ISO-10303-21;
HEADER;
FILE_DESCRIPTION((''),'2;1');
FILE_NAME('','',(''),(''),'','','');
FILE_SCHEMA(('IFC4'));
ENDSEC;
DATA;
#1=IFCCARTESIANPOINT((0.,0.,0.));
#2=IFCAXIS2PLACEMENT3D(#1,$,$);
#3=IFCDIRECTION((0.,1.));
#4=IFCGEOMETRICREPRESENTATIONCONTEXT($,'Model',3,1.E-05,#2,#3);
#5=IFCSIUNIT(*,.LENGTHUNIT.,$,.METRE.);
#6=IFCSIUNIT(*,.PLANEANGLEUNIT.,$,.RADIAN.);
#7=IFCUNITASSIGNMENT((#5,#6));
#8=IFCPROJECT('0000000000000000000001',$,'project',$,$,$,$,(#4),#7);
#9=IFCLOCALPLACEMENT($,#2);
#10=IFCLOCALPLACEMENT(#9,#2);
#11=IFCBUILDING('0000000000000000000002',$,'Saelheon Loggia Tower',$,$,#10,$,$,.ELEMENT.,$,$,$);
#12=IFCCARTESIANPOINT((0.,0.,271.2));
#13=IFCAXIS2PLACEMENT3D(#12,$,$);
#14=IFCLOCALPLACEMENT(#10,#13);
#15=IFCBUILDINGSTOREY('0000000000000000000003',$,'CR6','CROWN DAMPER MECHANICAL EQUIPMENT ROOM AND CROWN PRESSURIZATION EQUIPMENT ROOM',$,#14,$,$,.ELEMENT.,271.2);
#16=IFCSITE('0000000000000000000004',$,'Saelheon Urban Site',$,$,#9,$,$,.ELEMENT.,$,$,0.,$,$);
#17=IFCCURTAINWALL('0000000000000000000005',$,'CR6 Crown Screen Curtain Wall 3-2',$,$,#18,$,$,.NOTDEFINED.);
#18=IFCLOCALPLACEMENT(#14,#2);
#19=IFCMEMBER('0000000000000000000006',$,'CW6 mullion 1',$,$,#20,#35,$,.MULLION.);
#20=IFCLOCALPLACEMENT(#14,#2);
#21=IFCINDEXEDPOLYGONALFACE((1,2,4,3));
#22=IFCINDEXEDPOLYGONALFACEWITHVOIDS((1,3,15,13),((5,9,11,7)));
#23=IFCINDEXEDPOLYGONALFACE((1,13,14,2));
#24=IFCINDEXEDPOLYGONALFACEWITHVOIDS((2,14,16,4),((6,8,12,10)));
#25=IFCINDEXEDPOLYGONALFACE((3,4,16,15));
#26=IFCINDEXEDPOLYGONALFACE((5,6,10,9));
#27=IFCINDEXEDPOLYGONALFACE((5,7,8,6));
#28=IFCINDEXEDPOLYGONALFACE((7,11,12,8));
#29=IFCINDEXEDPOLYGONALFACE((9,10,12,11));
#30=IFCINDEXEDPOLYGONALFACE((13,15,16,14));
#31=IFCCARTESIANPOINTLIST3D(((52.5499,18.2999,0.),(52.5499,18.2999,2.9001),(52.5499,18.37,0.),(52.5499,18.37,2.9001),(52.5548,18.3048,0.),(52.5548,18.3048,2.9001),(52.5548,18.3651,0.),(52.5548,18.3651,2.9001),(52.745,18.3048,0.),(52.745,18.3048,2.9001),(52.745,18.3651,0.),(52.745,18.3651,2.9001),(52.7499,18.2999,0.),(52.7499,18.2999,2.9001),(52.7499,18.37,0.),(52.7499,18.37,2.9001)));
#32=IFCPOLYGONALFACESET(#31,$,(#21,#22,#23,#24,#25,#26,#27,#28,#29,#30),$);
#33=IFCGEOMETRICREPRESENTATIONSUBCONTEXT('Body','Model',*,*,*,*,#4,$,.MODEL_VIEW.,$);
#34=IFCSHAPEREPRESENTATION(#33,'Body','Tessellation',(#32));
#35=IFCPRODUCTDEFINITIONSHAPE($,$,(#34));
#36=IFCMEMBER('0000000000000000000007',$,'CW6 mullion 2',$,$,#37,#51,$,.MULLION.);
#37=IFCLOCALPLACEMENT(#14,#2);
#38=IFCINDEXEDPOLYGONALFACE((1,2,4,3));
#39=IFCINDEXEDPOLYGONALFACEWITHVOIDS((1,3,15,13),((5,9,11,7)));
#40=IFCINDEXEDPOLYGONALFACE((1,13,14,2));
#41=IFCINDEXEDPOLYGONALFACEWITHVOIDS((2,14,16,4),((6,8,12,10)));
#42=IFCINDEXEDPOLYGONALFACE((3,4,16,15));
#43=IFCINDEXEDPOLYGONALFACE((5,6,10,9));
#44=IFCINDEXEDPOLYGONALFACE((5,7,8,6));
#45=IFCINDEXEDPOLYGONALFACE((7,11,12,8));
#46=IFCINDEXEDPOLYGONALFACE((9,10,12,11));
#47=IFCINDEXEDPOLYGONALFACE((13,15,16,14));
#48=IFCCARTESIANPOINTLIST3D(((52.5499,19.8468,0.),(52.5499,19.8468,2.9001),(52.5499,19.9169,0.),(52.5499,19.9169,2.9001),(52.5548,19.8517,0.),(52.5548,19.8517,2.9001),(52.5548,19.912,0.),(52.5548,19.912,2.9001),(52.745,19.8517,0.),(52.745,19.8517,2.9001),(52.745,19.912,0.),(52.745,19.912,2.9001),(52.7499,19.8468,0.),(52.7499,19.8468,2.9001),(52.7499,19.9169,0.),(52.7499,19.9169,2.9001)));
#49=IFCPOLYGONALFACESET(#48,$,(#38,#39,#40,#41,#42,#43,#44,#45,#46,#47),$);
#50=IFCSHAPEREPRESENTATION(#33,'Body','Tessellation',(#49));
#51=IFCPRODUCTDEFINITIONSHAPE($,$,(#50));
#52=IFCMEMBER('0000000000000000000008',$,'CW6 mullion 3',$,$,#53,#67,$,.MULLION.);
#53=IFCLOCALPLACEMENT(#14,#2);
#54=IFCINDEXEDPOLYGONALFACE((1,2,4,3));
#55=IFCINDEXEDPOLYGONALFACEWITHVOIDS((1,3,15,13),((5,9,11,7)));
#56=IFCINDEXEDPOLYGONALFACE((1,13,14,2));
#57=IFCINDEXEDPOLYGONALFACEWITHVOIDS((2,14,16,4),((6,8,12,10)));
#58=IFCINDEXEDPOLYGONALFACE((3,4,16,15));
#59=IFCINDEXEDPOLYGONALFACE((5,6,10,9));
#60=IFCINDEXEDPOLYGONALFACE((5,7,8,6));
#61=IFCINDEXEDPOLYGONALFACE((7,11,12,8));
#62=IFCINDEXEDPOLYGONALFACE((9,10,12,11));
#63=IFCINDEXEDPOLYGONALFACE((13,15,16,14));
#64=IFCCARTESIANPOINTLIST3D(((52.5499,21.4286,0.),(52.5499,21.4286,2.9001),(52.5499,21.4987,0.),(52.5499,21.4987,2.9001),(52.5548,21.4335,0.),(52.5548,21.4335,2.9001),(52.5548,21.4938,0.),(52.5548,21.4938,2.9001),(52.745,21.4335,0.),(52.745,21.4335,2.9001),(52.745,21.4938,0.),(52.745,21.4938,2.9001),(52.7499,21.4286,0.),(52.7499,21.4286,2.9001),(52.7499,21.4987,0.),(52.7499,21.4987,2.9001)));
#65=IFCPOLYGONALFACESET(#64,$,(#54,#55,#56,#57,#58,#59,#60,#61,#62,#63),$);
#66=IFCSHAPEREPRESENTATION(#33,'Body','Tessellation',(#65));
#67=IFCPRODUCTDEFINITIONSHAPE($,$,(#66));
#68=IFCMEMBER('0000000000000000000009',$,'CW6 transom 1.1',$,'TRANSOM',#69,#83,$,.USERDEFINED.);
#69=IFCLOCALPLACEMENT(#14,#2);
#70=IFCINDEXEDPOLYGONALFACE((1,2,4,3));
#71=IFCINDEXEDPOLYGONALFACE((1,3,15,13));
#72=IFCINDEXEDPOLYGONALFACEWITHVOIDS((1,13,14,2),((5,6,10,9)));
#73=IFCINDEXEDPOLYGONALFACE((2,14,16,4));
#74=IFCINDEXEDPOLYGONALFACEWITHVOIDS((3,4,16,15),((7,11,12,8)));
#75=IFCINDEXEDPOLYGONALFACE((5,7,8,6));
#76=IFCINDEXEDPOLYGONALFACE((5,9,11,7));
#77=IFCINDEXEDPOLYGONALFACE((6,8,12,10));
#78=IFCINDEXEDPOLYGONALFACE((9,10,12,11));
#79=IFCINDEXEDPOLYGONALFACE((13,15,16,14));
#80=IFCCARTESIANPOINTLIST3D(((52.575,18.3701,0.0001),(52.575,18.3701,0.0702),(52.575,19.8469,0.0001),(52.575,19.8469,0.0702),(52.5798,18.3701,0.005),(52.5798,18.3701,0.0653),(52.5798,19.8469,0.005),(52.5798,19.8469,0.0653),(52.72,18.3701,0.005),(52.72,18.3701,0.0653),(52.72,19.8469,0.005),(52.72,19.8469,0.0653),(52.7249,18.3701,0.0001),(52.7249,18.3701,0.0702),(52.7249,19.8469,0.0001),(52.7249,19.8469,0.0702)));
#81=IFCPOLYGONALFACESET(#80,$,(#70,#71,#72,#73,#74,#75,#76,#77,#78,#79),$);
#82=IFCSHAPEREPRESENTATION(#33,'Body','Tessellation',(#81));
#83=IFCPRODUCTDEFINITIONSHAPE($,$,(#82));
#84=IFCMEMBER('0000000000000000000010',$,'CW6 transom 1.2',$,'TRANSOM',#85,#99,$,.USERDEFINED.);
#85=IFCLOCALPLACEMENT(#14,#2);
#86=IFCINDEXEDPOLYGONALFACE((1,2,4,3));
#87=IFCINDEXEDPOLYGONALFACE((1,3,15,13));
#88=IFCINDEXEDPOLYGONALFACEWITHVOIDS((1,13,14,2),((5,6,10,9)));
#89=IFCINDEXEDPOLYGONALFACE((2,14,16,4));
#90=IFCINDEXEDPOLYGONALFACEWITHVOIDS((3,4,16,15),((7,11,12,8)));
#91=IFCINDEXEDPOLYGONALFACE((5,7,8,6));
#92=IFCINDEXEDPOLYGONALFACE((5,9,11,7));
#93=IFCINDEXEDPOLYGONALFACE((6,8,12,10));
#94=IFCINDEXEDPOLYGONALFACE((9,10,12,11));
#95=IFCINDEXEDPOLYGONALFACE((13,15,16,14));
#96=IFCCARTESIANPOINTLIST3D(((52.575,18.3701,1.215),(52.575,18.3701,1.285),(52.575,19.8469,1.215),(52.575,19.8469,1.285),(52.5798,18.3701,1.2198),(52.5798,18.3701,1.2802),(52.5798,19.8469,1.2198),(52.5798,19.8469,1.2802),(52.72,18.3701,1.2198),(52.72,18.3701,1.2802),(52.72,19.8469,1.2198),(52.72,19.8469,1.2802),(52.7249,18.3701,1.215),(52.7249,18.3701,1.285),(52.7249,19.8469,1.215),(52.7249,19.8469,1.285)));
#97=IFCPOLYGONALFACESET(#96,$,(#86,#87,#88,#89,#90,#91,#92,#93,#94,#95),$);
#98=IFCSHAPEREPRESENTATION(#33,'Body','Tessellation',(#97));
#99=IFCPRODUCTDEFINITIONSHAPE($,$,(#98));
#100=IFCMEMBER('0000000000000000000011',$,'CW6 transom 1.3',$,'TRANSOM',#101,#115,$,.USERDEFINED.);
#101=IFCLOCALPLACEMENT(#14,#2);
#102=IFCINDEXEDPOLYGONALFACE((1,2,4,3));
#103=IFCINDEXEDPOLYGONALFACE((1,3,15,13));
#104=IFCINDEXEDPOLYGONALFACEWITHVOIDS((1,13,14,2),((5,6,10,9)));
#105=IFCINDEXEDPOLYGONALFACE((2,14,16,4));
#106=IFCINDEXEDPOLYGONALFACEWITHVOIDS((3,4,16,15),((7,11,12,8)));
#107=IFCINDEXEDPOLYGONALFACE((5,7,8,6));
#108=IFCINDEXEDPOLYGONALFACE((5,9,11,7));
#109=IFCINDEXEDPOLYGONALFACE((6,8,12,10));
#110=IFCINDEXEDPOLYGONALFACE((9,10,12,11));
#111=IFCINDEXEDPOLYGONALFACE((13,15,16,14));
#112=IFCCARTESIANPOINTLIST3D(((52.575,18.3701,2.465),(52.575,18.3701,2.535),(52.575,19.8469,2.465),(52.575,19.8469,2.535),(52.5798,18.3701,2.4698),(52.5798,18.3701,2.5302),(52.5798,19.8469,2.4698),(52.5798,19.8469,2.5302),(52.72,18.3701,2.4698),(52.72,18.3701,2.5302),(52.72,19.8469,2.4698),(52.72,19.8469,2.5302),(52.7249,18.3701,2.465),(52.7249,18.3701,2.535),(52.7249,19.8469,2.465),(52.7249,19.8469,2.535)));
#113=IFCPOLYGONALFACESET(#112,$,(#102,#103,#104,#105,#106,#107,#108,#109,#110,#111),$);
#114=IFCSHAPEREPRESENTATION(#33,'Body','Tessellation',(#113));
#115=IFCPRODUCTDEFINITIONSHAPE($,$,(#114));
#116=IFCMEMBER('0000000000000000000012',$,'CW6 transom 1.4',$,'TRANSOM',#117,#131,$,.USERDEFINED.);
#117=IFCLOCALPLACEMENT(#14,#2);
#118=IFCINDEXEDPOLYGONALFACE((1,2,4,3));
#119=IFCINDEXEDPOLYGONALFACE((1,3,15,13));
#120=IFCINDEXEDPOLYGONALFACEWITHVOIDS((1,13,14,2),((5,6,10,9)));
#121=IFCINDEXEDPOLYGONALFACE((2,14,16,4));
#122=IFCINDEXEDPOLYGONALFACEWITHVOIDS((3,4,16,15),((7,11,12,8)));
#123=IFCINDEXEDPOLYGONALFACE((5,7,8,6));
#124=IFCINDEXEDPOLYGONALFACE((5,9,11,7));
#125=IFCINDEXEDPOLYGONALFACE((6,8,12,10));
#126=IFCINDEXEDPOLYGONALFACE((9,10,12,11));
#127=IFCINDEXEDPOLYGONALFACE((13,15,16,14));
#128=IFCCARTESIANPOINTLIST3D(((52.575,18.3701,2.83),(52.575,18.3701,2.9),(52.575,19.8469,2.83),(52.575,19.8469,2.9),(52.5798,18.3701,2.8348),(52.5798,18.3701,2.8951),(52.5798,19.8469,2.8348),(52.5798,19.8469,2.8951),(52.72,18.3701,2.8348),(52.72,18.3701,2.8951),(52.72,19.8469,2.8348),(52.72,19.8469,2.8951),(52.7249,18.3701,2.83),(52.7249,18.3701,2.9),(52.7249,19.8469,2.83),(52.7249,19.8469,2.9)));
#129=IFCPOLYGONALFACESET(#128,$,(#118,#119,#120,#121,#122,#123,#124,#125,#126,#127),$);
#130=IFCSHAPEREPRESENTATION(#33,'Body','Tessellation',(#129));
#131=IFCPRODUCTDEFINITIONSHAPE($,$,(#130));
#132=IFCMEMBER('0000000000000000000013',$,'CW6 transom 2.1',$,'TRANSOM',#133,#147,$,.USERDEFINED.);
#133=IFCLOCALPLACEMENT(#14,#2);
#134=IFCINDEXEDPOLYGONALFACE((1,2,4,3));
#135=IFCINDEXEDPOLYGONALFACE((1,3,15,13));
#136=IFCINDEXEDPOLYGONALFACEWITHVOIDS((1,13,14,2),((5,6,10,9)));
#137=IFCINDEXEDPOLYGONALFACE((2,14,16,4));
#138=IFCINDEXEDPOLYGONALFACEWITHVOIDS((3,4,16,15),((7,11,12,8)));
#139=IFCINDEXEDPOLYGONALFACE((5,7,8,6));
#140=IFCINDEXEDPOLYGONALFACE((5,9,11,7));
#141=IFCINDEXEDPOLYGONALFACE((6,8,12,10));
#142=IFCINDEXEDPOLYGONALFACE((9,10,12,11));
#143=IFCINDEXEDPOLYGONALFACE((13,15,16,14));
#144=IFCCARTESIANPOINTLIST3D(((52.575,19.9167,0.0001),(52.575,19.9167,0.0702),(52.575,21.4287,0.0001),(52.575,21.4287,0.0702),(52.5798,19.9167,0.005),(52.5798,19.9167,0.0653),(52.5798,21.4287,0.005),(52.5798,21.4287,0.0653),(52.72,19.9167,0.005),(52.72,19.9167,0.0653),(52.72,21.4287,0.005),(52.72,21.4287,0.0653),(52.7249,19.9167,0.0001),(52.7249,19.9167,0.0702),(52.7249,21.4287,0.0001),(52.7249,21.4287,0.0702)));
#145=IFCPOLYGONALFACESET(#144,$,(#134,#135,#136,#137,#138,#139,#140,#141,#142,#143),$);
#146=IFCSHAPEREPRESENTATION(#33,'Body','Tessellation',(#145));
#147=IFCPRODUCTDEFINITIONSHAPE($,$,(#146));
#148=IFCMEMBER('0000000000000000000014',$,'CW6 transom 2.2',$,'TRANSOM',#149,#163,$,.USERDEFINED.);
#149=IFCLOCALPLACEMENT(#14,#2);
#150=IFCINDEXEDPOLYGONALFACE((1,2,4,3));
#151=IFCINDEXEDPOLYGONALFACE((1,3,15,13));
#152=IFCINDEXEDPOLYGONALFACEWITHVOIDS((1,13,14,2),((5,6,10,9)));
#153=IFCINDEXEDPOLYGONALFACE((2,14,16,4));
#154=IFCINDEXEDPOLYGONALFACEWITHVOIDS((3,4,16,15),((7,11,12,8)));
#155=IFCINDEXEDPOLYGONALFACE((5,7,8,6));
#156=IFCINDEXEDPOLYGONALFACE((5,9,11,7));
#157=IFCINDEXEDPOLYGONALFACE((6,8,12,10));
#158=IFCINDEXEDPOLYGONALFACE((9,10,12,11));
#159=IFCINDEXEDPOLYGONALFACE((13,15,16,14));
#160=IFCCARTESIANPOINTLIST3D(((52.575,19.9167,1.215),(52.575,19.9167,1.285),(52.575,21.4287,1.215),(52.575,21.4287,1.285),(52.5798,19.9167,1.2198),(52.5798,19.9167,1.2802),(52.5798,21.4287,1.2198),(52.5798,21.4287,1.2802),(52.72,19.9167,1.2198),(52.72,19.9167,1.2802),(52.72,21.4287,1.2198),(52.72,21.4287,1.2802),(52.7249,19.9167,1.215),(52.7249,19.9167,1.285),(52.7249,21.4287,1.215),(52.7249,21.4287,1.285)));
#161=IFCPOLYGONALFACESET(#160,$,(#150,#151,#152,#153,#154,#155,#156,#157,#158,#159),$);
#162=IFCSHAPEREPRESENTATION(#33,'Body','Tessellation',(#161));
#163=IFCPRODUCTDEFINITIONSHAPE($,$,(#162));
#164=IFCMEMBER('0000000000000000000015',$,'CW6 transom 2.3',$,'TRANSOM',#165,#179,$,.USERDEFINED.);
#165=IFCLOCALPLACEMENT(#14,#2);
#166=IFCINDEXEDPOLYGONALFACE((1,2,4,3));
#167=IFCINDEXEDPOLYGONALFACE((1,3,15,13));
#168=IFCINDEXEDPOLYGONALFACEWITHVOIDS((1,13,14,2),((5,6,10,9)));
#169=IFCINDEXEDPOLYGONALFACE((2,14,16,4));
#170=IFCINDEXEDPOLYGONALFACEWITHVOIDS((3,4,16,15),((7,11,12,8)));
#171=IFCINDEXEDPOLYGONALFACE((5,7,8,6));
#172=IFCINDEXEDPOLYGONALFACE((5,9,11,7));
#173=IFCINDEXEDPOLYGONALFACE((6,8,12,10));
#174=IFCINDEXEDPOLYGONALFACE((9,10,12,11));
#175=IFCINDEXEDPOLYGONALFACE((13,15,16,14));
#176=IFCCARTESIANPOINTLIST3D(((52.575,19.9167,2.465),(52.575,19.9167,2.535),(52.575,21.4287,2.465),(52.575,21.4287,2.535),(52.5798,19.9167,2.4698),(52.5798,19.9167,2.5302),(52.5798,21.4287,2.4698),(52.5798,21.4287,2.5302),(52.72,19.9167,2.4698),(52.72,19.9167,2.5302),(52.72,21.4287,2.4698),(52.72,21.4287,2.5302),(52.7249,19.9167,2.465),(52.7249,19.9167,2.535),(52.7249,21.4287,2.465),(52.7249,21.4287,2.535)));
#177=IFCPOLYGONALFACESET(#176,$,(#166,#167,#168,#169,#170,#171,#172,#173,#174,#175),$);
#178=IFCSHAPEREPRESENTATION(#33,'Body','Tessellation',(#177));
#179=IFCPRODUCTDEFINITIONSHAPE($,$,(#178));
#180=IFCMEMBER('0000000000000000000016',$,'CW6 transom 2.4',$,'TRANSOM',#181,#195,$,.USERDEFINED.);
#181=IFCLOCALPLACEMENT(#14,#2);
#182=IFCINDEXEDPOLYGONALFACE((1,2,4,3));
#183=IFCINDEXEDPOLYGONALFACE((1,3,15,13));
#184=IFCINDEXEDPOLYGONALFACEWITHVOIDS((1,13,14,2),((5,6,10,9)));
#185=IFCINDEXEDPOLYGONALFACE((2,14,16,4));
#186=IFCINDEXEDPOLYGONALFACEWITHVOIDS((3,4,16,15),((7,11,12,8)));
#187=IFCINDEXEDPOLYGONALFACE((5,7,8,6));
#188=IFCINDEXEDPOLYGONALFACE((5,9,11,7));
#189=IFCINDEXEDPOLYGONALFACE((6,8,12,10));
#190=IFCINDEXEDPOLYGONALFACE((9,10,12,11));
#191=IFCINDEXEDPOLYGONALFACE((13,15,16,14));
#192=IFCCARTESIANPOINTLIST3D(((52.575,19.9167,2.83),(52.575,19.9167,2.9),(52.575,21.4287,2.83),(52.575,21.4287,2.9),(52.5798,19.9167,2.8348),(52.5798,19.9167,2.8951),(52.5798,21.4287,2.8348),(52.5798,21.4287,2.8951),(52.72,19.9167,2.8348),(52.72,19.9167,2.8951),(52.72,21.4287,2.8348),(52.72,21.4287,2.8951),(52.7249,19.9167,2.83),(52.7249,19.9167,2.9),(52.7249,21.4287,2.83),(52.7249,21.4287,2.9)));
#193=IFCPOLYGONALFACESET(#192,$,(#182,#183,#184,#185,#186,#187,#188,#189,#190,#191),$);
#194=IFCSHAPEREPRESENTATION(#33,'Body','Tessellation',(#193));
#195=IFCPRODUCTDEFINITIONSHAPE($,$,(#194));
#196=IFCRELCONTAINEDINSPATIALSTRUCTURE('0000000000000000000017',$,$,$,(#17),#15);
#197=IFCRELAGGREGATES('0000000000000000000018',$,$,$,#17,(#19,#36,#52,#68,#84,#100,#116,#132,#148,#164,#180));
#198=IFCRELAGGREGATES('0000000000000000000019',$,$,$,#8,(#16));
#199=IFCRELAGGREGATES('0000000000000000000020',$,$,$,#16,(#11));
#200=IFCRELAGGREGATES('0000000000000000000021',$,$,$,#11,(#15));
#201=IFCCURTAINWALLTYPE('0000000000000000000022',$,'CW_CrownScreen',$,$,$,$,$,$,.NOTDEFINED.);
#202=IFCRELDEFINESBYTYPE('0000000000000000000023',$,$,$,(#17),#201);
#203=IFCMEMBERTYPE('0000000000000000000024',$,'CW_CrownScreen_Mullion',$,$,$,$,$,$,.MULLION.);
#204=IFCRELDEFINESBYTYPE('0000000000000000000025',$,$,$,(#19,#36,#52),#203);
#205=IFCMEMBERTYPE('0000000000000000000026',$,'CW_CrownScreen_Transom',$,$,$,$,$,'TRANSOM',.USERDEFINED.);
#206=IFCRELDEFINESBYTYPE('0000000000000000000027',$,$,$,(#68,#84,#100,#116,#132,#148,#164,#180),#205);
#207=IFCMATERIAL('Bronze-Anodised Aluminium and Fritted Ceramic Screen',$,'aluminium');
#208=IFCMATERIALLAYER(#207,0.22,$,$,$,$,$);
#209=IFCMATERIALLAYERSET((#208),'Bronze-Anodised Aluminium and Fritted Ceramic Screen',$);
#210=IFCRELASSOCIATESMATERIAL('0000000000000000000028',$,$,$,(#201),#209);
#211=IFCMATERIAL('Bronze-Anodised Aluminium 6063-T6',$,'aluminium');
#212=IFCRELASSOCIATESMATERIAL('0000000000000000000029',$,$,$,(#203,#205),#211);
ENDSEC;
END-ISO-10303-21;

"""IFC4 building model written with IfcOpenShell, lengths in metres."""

from ifc_helpers import new_model, si_unit, direction, frame, origin, origin_2d, place, context, subcontext, project, spatial, hollow_rectangle, extrude, source, transform, mapped, material, layer, layer_set, material_profile, profile_set, type_object, element, aggregate, save


model = new_model("IFC4")

# Units and contexts
model_context = context("Model", 3, precision=1e-05, world=origin(), true_north=direction((0.0, 1.0)))
body_context = subcontext(model_context, "Body", "Model", "MODEL_VIEW")
ifc_project = project(units=[si_unit("LENGTHUNIT", "METRE"), si_unit("PLANEANGLEUNIT", "RADIAN")], contexts=[model_context])

# Site, building, storey
site_placement = place(None, origin())
site = spatial("IfcSite", under=ifc_project, at=site_placement, Name="Saelheon Urban Site", CompositionType="ELEMENT", RefElevation=0.0)
building_placement = place(site_placement, origin())
building = spatial("IfcBuilding", under=site, at=building_placement, Name="Saelheon Loggia Tower", CompositionType="ELEMENT")
storey_placement = place(building_placement, frame((0.0, 0.0, 271.2)))
storey = spatial("IfcBuildingStorey", under=building, at=storey_placement, Name="CR6", Description="CROWN DAMPER MECHANICAL EQUIPMENT ROOM AND CROWN PRESSURIZATION EQUIPMENT ROOM", CompositionType="ELEMENT", Elevation=271.2)

# Curtain wall, members
ifc_material_1 = material(Name="Bronze-Anodised Aluminium and Fritted Ceramic Screen", Category="aluminium")
ifc_layer_1 = layer(ifc_material_1, 0.22)
ifc_layer_set_1 = layer_set([ifc_layer_1], Name="Bronze-Anodised Aluminium and Fritted Ceramic Screen")
curtain_wall_type = type_object("IfcCurtainWallType", Name="CW_CrownScreen", PredefinedType="NOTDEFINED", material=ifc_layer_set_1)
curtain_wall_placement = place(storey_placement, origin())
curtain_wall = element("IfcCurtainWall", 1, at=curtain_wall_placement, inside=storey, type_object=curtain_wall_type, Name="CR6 Crown Screen Curtain Wall 3-2", PredefinedType="NOTDEFINED")
ifc_material_2 = material(Name="Bronze-Anodised Aluminium 6063-T6", Category="aluminium")
ifc_material_profile_1 = material_profile(ifc_material_2, hollow_rectangle(XDim=0.0701, YDim=0.2, WallThickness=0.0049, at=origin_2d()), Name="RHS-200x70x5")
ifc_profile_set_1 = profile_set([ifc_material_profile_1], Name="Bronze-Anodised Aluminium 6063-T6")
member_type_1 = type_object("IfcMemberType", Name="CW_CrownScreen_Mullion", PredefinedType="MULLION", material=ifc_profile_set_1)
shared_shape_1 = source(origin(), body_context, "Body", "SweptSolid", [
    extrude(hollow_rectangle(XDim=0.0701, YDim=0.2, WallThickness=0.0049, at=origin_2d()), origin(), (0.0, 0.0, 1.0), 2.9001),
])
member_1_placement = place(storey_placement, frame((52.6499, 18.335, 0.0), z_axis=(0.0, 0.0, 1.0), x_axis=(0.0, 1.0, 0.0)))
member_1 = element("IfcMember", 2, at=member_1_placement, type_object=member_type_1, Name="CW6 mullion 1", PredefinedType="MULLION", context=body_context, shape_type="MappedRepresentation", body=[
    mapped(shared_shape_1, transform((0.0, 0.0, 0.0), scale=1.0)),
])
member_2_placement = place(storey_placement, frame((52.6499, 19.8818, 0.0), z_axis=(0.0, 0.0, 1.0), x_axis=(0.0, 1.0, 0.0)))
member_2 = element("IfcMember", 3, at=member_2_placement, type_object=member_type_1, Name="CW6 mullion 2", PredefinedType="MULLION", context=body_context, shape_type="MappedRepresentation", body=[
    mapped(shared_shape_1, transform((0.0, 0.0, 0.0), scale=1.0)),
])
member_3_placement = place(storey_placement, frame((52.6499, 21.4636, 0.0), z_axis=(0.0, 0.0, 1.0), x_axis=(0.0, 1.0, 0.0)))
member_3 = element("IfcMember", 4, at=member_3_placement, type_object=member_type_1, Name="CW6 mullion 3", PredefinedType="MULLION", context=body_context, shape_type="MappedRepresentation", body=[
    mapped(shared_shape_1, transform((0.0, 0.0, 0.0), scale=1.0)),
])
ifc_material_profile_2 = material_profile(ifc_material_2, hollow_rectangle(XDim=0.0701, YDim=0.1499, WallThickness=0.0049, at=origin_2d()), Name="RHS-150x70x5")
ifc_profile_set_2 = profile_set([ifc_material_profile_2], Name="Bronze-Anodised Aluminium 6063-T6")
member_type_2 = type_object("IfcMemberType", Name="CW_CrownScreen_Transom", ElementType="TRANSOM", PredefinedType="USERDEFINED", material=ifc_profile_set_2)
shared_shape_2 = source(origin(), body_context, "Body", "SweptSolid", [
    extrude(hollow_rectangle(XDim=0.0701, YDim=0.1499, WallThickness=0.0049, at=origin_2d()), origin(), (0.0, 0.0, 1.0), 1.4768),
])
member_4_placement = place(storey_placement, frame((52.6499, 18.3701, 0.0352), z_axis=(0.0, 1.0, 0.0), x_axis=(0.0, 0.0, 1.0)))
member_4 = element("IfcMember", 5, at=member_4_placement, type_object=member_type_2, Name="CW6 transom 1.1", ObjectType="TRANSOM", PredefinedType="USERDEFINED", context=body_context, shape_type="MappedRepresentation", body=[
    mapped(shared_shape_2, transform((0.0, 0.0, 0.0), scale=1.0)),
])
member_5_placement = place(storey_placement, frame((52.6499, 18.3701, 1.25), z_axis=(0.0, 1.0, 0.0), x_axis=(0.0, 0.0, 1.0)))
member_5 = element("IfcMember", 6, at=member_5_placement, type_object=member_type_2, Name="CW6 transom 1.2", ObjectType="TRANSOM", PredefinedType="USERDEFINED", context=body_context, shape_type="MappedRepresentation", body=[
    mapped(shared_shape_2, transform((0.0, 0.0, 0.0), scale=1.0)),
])
member_6_placement = place(storey_placement, frame((52.6499, 18.3701, 2.5), z_axis=(0.0, 1.0, 0.0), x_axis=(0.0, 0.0, 1.0)))
member_6 = element("IfcMember", 7, at=member_6_placement, type_object=member_type_2, Name="CW6 transom 1.3", ObjectType="TRANSOM", PredefinedType="USERDEFINED", context=body_context, shape_type="MappedRepresentation", body=[
    mapped(shared_shape_2, transform((0.0, 0.0, 0.0), scale=1.0)),
])
member_7_placement = place(storey_placement, frame((52.6499, 18.3701, 2.865), z_axis=(0.0, 1.0, 0.0), x_axis=(0.0, 0.0, 1.0)))
member_7 = element("IfcMember", 8, at=member_7_placement, type_object=member_type_2, Name="CW6 transom 1.4", ObjectType="TRANSOM", PredefinedType="USERDEFINED", context=body_context, shape_type="MappedRepresentation", body=[
    mapped(shared_shape_2, transform((0.0, 0.0, 0.0), scale=1.0)),
])
shared_shape_3 = source(origin(), body_context, "Body", "SweptSolid", [
    extrude(hollow_rectangle(XDim=0.0701, YDim=0.1499, WallThickness=0.0049, at=origin_2d()), origin(), (0.0, 0.0, 1.0), 1.512),
])
member_8_placement = place(storey_placement, frame((52.6499, 19.9167, 0.0352), z_axis=(0.0, 1.0, 0.0), x_axis=(0.0, 0.0, 1.0)))
member_8 = element("IfcMember", 9, at=member_8_placement, type_object=member_type_2, Name="CW6 transom 2.1", ObjectType="TRANSOM", PredefinedType="USERDEFINED", context=body_context, shape_type="MappedRepresentation", body=[
    mapped(shared_shape_3, transform((0.0, 0.0, 0.0), scale=1.0)),
])
member_9_placement = place(storey_placement, frame((52.6499, 19.9167, 1.25), z_axis=(0.0, 1.0, 0.0), x_axis=(0.0, 0.0, 1.0)))
member_9 = element("IfcMember", 10, at=member_9_placement, type_object=member_type_2, Name="CW6 transom 2.2", ObjectType="TRANSOM", PredefinedType="USERDEFINED", context=body_context, shape_type="MappedRepresentation", body=[
    mapped(shared_shape_3, transform((0.0, 0.0, 0.0), scale=1.0)),
])
member_10_placement = place(storey_placement, frame((52.6499, 19.9167, 2.5), z_axis=(0.0, 1.0, 0.0), x_axis=(0.0, 0.0, 1.0)))
member_10 = element("IfcMember", 11, at=member_10_placement, type_object=member_type_2, Name="CW6 transom 2.3", ObjectType="TRANSOM", PredefinedType="USERDEFINED", context=body_context, shape_type="MappedRepresentation", body=[
    mapped(shared_shape_3, transform((0.0, 0.0, 0.0), scale=1.0)),
])
member_11_placement = place(storey_placement, frame((52.6499, 19.9167, 2.865), z_axis=(0.0, 1.0, 0.0), x_axis=(0.0, 0.0, 1.0)))
member_11 = element("IfcMember", 12, at=member_11_placement, type_object=member_type_2, Name="CW6 transom 2.4", ObjectType="TRANSOM", PredefinedType="USERDEFINED", context=body_context, shape_type="MappedRepresentation", body=[
    mapped(shared_shape_3, transform((0.0, 0.0, 0.0), scale=1.0)),
])
aggregate(curtain_wall, [member_1, member_2, member_3, member_4, member_5, member_6, member_7, member_8, member_9, member_10, member_11])

save(model, "model.ifc")
